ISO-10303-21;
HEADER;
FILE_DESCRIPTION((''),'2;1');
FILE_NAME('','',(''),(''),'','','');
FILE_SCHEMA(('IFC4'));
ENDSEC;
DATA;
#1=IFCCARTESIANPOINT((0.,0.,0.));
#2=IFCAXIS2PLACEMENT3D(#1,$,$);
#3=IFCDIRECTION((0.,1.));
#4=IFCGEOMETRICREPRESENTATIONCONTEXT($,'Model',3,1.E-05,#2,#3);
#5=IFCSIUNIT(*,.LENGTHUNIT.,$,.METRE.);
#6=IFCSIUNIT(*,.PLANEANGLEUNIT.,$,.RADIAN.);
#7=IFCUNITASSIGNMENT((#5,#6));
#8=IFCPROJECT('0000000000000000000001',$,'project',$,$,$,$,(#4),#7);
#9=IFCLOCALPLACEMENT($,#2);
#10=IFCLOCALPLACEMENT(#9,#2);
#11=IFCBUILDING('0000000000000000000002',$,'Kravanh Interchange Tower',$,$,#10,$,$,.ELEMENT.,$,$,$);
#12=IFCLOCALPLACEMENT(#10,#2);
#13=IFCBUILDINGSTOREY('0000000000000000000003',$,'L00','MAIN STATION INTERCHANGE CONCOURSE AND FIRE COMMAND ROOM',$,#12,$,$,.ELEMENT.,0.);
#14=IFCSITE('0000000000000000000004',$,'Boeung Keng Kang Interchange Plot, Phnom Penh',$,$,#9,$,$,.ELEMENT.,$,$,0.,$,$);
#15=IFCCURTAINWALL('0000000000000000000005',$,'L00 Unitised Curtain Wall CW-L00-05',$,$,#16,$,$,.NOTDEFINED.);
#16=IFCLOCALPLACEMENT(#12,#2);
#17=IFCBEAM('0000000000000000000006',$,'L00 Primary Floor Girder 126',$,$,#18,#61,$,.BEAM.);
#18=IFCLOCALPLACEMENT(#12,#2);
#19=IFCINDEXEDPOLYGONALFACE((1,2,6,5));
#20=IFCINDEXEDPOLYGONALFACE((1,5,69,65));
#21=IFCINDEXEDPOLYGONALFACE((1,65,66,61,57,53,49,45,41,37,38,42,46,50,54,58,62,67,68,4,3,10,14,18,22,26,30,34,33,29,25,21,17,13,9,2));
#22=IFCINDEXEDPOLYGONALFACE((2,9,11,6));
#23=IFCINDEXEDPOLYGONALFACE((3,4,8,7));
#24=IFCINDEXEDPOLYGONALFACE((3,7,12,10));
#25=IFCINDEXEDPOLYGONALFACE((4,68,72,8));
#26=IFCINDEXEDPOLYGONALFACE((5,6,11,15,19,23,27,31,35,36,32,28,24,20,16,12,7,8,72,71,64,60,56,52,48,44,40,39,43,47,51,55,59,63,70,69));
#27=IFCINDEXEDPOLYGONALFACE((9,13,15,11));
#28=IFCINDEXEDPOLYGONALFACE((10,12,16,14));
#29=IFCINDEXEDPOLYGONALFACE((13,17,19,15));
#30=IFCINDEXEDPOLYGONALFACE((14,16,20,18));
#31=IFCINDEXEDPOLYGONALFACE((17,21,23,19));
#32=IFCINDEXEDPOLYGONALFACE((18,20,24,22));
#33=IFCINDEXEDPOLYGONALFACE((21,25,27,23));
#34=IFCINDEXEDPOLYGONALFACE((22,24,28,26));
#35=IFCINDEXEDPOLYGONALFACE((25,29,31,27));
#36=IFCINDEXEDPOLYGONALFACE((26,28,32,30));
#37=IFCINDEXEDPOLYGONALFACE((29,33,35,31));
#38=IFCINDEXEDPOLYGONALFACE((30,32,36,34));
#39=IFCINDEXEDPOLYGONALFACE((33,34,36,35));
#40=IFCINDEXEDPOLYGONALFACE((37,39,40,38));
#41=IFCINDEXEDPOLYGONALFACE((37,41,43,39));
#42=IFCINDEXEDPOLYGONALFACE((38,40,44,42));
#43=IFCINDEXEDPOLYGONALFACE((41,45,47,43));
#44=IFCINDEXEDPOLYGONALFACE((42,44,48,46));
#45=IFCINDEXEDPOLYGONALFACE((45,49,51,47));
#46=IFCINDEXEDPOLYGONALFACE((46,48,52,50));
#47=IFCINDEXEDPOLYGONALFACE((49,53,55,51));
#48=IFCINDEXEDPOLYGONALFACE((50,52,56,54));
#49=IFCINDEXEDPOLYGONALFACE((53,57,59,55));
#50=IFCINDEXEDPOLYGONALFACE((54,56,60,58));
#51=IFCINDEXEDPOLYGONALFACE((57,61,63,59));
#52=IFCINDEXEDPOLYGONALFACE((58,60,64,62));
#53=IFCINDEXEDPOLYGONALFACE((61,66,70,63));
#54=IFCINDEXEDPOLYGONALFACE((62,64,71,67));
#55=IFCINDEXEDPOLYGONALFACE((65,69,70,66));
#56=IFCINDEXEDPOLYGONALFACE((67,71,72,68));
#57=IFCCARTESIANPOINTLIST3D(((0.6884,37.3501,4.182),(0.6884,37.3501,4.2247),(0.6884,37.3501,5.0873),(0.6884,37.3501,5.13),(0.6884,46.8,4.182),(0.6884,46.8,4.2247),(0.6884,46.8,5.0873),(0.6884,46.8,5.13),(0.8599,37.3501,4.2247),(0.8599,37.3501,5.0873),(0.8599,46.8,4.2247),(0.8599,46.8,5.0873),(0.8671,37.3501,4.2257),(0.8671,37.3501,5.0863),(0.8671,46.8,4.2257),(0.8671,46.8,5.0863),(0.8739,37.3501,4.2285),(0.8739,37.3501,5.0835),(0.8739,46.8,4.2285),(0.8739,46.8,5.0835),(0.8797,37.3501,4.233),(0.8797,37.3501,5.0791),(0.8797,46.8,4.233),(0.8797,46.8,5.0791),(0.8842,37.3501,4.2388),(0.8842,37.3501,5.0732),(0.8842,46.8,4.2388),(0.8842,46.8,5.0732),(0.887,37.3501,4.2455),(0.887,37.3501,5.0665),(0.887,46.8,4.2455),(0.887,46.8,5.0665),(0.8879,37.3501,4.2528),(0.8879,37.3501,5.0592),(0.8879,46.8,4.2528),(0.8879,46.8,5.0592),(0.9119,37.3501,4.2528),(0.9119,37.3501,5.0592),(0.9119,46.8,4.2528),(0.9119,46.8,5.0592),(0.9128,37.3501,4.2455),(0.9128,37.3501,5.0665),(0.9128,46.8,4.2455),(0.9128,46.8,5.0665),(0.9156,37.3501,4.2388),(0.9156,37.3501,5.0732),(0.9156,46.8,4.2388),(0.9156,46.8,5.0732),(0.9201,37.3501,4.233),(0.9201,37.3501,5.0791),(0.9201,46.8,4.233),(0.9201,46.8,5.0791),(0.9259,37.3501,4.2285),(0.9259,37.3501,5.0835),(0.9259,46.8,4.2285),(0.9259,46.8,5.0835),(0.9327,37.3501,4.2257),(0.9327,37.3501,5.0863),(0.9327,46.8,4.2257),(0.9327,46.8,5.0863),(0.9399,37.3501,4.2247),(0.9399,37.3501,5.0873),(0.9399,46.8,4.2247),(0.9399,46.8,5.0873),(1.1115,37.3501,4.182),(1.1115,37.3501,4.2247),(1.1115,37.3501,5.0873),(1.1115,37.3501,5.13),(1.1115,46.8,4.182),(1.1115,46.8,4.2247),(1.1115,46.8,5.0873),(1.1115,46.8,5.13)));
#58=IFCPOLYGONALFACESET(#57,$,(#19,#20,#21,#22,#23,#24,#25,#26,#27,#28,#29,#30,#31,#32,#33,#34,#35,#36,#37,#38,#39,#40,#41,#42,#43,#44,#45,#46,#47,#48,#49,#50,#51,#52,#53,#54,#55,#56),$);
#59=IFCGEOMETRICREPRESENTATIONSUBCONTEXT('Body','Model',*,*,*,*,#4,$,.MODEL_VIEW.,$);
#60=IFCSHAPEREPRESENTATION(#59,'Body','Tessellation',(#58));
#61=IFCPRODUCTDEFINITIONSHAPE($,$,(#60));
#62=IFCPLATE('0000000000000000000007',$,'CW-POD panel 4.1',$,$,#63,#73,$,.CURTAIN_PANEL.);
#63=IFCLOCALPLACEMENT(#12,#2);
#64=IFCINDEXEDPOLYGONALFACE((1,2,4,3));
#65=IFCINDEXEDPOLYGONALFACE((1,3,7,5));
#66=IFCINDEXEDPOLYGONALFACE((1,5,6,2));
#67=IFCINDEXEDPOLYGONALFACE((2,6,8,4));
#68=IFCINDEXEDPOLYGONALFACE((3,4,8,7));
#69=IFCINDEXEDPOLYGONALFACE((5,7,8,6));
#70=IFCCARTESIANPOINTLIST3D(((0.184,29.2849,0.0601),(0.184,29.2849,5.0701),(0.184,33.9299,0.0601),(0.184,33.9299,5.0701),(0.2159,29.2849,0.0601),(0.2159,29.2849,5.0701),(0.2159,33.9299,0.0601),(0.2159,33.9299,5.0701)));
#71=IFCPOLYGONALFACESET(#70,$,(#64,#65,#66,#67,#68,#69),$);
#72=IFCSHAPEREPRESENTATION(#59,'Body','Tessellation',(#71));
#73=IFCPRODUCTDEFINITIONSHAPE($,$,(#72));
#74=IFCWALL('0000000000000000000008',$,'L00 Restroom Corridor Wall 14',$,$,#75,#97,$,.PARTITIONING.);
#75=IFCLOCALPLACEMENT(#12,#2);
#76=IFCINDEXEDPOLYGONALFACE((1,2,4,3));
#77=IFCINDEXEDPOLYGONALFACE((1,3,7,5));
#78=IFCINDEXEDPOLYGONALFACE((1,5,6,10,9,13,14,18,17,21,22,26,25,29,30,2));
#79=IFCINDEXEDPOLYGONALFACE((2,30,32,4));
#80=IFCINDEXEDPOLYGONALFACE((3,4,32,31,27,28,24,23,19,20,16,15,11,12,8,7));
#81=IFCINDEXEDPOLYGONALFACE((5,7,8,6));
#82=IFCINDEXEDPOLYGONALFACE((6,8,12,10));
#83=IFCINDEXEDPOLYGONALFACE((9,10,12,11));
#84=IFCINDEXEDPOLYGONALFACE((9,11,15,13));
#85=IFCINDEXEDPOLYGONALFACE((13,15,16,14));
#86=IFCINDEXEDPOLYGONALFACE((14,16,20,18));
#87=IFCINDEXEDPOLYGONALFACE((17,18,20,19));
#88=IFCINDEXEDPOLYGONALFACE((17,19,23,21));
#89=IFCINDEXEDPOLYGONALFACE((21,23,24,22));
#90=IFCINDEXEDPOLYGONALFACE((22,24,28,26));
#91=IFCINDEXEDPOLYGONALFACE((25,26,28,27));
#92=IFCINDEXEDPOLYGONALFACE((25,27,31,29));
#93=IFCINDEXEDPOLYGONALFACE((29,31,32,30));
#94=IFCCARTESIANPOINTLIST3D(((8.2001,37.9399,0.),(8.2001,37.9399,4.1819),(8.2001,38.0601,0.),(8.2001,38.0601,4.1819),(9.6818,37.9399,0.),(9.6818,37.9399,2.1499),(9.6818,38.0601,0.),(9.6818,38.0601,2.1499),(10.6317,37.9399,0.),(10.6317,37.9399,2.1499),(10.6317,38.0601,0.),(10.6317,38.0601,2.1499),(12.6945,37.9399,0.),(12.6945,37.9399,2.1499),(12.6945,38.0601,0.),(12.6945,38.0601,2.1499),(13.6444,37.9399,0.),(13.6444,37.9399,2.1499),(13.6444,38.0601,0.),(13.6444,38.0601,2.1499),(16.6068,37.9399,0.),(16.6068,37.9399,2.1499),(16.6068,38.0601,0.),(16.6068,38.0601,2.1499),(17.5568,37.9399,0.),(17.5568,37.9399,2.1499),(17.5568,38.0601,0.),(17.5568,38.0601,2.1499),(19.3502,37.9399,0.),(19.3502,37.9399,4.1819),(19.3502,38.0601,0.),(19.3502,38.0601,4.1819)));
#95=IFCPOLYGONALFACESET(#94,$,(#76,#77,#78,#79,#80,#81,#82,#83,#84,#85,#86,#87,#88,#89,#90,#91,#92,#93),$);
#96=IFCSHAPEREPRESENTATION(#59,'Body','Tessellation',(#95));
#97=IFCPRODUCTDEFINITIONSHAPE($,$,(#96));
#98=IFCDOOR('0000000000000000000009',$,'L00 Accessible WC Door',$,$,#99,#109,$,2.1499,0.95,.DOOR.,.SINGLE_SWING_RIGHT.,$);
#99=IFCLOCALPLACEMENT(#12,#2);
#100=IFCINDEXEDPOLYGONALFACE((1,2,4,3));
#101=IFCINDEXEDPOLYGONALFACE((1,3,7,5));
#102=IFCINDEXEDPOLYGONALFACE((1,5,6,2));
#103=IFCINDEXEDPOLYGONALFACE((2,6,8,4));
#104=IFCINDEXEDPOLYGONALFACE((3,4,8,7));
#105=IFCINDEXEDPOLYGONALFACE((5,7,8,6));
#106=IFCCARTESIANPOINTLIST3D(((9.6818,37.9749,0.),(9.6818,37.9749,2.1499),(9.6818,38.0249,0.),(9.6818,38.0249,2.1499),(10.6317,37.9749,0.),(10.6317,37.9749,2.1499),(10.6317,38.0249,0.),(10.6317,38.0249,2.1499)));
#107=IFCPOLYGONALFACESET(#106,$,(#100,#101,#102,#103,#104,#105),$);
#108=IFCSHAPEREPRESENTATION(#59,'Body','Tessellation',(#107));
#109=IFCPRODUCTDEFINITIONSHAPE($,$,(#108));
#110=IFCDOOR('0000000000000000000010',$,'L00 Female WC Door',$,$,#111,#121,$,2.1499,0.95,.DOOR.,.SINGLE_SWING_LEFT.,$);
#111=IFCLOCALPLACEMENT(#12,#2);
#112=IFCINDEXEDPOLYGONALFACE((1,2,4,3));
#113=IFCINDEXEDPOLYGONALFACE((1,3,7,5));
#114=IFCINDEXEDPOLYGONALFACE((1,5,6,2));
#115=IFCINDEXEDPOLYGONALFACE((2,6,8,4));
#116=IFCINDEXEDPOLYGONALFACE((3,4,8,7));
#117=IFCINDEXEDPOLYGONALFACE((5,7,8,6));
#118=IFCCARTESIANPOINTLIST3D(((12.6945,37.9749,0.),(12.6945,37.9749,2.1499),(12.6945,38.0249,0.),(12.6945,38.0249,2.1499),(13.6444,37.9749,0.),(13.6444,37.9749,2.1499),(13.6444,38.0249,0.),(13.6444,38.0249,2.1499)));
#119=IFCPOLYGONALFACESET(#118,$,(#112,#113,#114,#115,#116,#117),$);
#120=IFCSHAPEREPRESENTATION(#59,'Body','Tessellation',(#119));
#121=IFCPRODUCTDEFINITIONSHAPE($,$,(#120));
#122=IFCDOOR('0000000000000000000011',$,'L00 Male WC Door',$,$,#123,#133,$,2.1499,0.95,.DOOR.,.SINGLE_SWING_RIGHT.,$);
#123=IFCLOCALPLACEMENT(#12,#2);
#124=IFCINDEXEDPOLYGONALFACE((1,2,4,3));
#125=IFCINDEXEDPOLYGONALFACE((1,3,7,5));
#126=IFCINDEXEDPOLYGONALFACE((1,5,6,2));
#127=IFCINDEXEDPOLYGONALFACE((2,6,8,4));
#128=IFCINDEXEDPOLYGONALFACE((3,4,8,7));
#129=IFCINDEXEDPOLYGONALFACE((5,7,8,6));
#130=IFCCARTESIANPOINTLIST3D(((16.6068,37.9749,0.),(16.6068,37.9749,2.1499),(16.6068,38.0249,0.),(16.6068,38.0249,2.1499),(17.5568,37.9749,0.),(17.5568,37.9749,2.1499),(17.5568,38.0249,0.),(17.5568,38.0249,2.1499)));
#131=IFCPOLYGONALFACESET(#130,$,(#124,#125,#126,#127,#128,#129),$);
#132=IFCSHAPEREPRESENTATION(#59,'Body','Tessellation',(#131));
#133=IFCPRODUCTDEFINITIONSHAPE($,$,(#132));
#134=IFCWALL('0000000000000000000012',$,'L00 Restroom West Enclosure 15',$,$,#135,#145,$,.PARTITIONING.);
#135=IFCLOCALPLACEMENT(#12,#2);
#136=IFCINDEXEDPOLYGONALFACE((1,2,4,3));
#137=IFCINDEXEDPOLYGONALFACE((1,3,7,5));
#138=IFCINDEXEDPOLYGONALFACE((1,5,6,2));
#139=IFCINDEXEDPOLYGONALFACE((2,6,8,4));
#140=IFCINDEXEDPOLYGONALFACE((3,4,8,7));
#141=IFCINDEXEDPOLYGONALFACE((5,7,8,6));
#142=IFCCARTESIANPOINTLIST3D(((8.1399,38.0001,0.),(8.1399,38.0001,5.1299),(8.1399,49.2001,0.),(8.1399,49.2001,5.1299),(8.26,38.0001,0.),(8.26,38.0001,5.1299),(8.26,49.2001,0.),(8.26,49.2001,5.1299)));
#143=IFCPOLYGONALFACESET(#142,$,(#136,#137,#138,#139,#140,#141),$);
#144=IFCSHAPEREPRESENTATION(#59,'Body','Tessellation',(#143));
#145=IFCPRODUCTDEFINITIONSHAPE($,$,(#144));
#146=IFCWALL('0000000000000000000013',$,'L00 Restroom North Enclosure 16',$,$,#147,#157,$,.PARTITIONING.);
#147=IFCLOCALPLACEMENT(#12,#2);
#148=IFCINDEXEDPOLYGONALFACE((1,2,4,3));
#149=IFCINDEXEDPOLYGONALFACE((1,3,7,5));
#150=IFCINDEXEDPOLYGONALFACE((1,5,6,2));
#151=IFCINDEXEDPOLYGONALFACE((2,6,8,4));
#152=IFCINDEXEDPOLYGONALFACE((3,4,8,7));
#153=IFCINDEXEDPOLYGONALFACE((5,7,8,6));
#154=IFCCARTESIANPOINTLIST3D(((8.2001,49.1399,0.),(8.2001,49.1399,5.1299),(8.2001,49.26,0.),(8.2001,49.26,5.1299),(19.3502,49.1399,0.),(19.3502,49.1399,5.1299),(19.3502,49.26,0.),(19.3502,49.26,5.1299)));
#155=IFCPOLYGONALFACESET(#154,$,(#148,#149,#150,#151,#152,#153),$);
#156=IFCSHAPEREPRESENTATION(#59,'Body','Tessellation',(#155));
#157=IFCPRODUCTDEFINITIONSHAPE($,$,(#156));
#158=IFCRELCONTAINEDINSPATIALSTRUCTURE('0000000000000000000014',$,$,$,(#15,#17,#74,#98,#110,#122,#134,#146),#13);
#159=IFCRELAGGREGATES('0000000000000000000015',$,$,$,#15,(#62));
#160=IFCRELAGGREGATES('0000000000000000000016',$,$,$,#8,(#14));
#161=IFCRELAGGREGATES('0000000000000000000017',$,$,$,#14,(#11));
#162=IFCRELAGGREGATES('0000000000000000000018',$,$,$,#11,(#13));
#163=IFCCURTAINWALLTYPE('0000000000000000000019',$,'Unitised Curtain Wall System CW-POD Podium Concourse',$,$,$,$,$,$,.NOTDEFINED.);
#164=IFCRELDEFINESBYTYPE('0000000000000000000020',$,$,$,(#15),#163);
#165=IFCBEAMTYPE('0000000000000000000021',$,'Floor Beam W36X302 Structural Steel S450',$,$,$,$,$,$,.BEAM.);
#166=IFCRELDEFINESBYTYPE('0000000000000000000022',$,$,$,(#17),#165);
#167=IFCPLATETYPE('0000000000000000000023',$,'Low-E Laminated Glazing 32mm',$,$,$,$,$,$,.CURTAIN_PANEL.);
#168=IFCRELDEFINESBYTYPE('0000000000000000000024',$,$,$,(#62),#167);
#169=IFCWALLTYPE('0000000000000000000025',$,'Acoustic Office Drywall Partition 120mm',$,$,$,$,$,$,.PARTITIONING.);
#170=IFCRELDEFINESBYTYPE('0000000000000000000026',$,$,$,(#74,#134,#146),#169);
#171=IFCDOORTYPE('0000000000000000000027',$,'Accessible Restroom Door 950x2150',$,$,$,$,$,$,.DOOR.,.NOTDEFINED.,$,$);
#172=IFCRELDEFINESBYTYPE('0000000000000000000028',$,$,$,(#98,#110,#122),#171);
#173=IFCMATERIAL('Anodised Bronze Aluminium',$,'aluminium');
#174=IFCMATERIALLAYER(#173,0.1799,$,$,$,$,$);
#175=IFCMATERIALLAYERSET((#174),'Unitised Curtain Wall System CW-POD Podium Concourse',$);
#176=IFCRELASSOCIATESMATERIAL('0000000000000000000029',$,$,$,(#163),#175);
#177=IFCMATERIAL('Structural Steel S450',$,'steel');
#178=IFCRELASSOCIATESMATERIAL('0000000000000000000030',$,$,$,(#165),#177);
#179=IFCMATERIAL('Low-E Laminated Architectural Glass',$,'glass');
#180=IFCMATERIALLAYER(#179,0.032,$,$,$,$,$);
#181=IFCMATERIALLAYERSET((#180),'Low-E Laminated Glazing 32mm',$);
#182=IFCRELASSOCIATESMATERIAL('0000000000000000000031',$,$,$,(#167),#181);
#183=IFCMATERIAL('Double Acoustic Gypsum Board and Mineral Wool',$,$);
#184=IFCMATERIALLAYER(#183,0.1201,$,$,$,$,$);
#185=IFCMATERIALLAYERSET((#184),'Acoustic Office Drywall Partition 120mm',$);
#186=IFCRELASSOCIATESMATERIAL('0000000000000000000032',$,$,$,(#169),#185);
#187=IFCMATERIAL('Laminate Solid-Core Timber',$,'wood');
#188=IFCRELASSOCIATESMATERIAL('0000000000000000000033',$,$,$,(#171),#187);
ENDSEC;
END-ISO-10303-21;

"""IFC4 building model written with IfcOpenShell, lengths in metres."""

from ifc_helpers import new_model, si_unit, direction, frame, frame_2d, origin, origin_2d, place, context, subcontext, project, spatial, rectangle, i_section, extrude, material, layer, layer_set, material_profile, profile_set, type_object, element, fill, aggregate, save


model = new_model("IFC4")

# Units and contexts
model_context = context("Model", 3, precision=1e-05, world=origin(), true_north=direction((0.0, 1.0)))
body_context = subcontext(model_context, "Body", "Model", "MODEL_VIEW")
ifc_project = project(units=[si_unit("LENGTHUNIT", "METRE"), si_unit("PLANEANGLEUNIT", "RADIAN")], contexts=[model_context])

# Site, building, storey
site_placement = place(None, origin())
site = spatial("IfcSite", under=ifc_project, at=site_placement, Name="Boeung Keng Kang Interchange Plot, Phnom Penh", CompositionType="ELEMENT", RefElevation=0.0)
building_placement = place(site_placement, origin())
building = spatial("IfcBuilding", under=site, at=building_placement, Name="Kravanh Interchange Tower", CompositionType="ELEMENT")
storey_placement = place(building_placement, origin())
storey = spatial("IfcBuildingStorey", under=building, at=storey_placement, Name="L00", Description="MAIN STATION INTERCHANGE CONCOURSE AND FIRE COMMAND ROOM", CompositionType="ELEMENT", Elevation=0.0)

# Curtain wall
ifc_material_1 = material(Name="Anodised Bronze Aluminium", Category="aluminium")
ifc_layer_1 = layer(ifc_material_1, 0.1799)
ifc_layer_set_1 = layer_set([ifc_layer_1], Name="Unitised Curtain Wall System CW-POD Podium Concourse")
curtain_wall_type = type_object("IfcCurtainWallType", Name="Unitised Curtain Wall System CW-POD Podium Concourse", PredefinedType="NOTDEFINED", material=ifc_layer_set_1)
curtain_wall_placement = place(storey_placement, origin())
curtain_wall = element("IfcCurtainWall", 1, at=curtain_wall_placement, inside=storey, type_object=curtain_wall_type, Name="L00 Unitised Curtain Wall CW-L00-05", PredefinedType="NOTDEFINED")

# Beam
ifc_material_2 = material(Name="Structural Steel S450", Category="steel")
ifc_material_profile_1 = material_profile(ifc_material_2, i_section(OverallWidth=0.4231, OverallDepth=0.948, WebThickness=0.0239, FlangeThickness=0.0427, FilletRadius=0.0281, at=origin_2d()), Name="W36X302")
ifc_profile_set_1 = profile_set([ifc_material_profile_1], Name="Structural Steel S450")
beam_type = type_object("IfcBeamType", Name="Floor Beam W36X302 Structural Steel S450", PredefinedType="BEAM", material=ifc_profile_set_1)
beam_1_placement = place(storey_placement, frame((0.8999, 37.3501, 4.656), z_axis=(0.0, 1.0, 0.0), x_axis=(-1.0, 0.0, 0.0)))
element("IfcBeam", 2, at=beam_1_placement, inside=storey, type_object=beam_type, Name="L00 Primary Floor Girder 126", PredefinedType="BEAM", context=body_context, shape_type="SweptSolid", body=[
    extrude(i_section(OverallWidth=0.4231, OverallDepth=0.948, WebThickness=0.0239, FlangeThickness=0.0427, FilletRadius=0.0281, at=origin_2d()), origin(), (0.0, 0.0, 1.0), 9.45),
])

# Plate
ifc_material_3 = material(Name="Low-E Laminated Architectural Glass", Category="glass")
ifc_layer_2 = layer(ifc_material_3, 0.032)
ifc_layer_set_2 = layer_set([ifc_layer_2], Name="Low-E Laminated Glazing 32mm")
plate_type = type_object("IfcPlateType", Name="Low-E Laminated Glazing 32mm", PredefinedType="CURTAIN_PANEL", material=ifc_layer_set_2)
plate_placement = place(storey_placement, frame((0.2, 31.6074, 0.0601), z_axis=(0.0, 0.0, 1.0), x_axis=(0.0, 1.0, 0.0)))
plate = element("IfcPlate", 3, at=plate_placement, type_object=plate_type, Name="CW-POD panel 4.1", PredefinedType="CURTAIN_PANEL", context=body_context, shape_type="SweptSolid", body=[
    extrude(rectangle(XDim=4.645, YDim=0.032, at=origin_2d()), origin(), (0.0, 0.0, 1.0), 5.01),
])
aggregate(curtain_wall, [plate])

# Wall, openings, doors
ifc_material_4 = material(Name="Double Acoustic Gypsum Board and Mineral Wool")
ifc_layer_3 = layer(ifc_material_4, 0.1201)
ifc_layer_set_3 = layer_set([ifc_layer_3], Name="Acoustic Office Drywall Partition 120mm")
wall_type_1 = type_object("IfcWallType", Name="Acoustic Office Drywall Partition 120mm", PredefinedType="PARTITIONING", material=ifc_layer_set_3)
wall_1_placement = place(storey_placement, frame((8.2, 38.0, 0.0), z_axis=(0.0, 0.0, 1.0), x_axis=(1.0, 0.0, 0.0)))
wall_1 = element("IfcWall", 4, at=wall_1_placement, inside=storey, type_object=wall_type_1, Name="L00 Restroom Corridor Wall 14", PredefinedType="PARTITIONING", context=body_context, shape_type="SweptSolid", body=[
    extrude(rectangle(XDim=11.1501, YDim=0.1201, at=frame_2d((5.5752, 0.0))), origin(), (0.0, 0.0, 1.0), 4.1819),
])
opening_1_placement = place(wall_1_placement, frame((1.4817, 0.0, 0.0)))
opening_1 = element("IfcOpeningElement", 5, at=opening_1_placement, cuts=wall_1, PredefinedType="OPENING", context=body_context, shape_type="SweptSolid", body=[
    extrude(rectangle(XDim=0.95, YDim=2.1499, at=frame_2d((0.4751, 1.075))), frame((0.0, 0.0701, 0.0), z_axis=(0.0, -1.0, 0.0), x_axis=(1.0, 0.0, 0.0)), (0.0, 0.0, 1.0), 0.1401),
])
opening_2_placement = place(wall_1_placement, frame((4.4944, 0.0, 0.0)))
opening_2 = element("IfcOpeningElement", 6, at=opening_2_placement, cuts=wall_1, PredefinedType="OPENING", context=body_context, shape_type="SweptSolid", body=[
    extrude(rectangle(XDim=0.95, YDim=2.1499, at=frame_2d((0.4751, 1.075))), frame((0.0, 0.0701, 0.0), z_axis=(0.0, -1.0, 0.0), x_axis=(1.0, 0.0, 0.0)), (0.0, 0.0, 1.0), 0.1401),
])
opening_3_placement = place(wall_1_placement, frame((8.4067, 0.0, 0.0)))
opening_3 = element("IfcOpeningElement", 7, at=opening_3_placement, cuts=wall_1, PredefinedType="OPENING", context=body_context, shape_type="SweptSolid", body=[
    extrude(rectangle(XDim=0.95, YDim=2.1499, at=frame_2d((0.4751, 1.075))), frame((0.0, 0.0701, 0.0), z_axis=(0.0, -1.0, 0.0), x_axis=(1.0, 0.0, 0.0)), (0.0, 0.0, 1.0), 0.1401),
])
ifc_material_5 = material(Name="Laminate Solid-Core Timber", Category="wood")
door_type_1 = type_object("IfcDoorType", Name="Accessible Restroom Door 950x2150", OperationType="NOTDEFINED", PredefinedType="DOOR", material=ifc_material_5)
door_1_placement = place(opening_1_placement, origin())
door_1 = element("IfcDoor", 8, at=door_1_placement, inside=storey, type_object=door_type_1, Name="L00 Accessible WC Door", OperationType="SINGLE_SWING_RIGHT", OverallHeight=2.1499, OverallWidth=0.95, PredefinedType="DOOR", context=body_context, shape_type="SweptSolid", body=[
    extrude(rectangle(XDim=0.95, YDim=2.1499, at=frame_2d((0.4751, 1.075))), frame((0.0, 0.0249, 0.0), z_axis=(0.0, -1.0, 0.0), x_axis=(1.0, 0.0, 0.0)), (0.0, 0.0, 1.0), 0.05),
])
fill(opening_1, door_1)
door_2_placement = place(opening_2_placement, origin())
door_2 = element("IfcDoor", 9, at=door_2_placement, inside=storey, type_object=door_type_1, Name="L00 Female WC Door", OperationType="SINGLE_SWING_LEFT", OverallHeight=2.1499, OverallWidth=0.95, PredefinedType="DOOR", context=body_context, shape_type="SweptSolid", body=[
    extrude(rectangle(XDim=0.95, YDim=2.1499, at=frame_2d((0.4751, 1.075))), frame((0.0, 0.0249, 0.0), z_axis=(0.0, -1.0, 0.0), x_axis=(1.0, 0.0, 0.0)), (0.0, 0.0, 1.0), 0.05),
])
fill(opening_2, door_2)
door_3_placement = place(opening_3_placement, origin())
door_3 = element("IfcDoor", 10, at=door_3_placement, inside=storey, type_object=door_type_1, Name="L00 Male WC Door", OperationType="SINGLE_SWING_RIGHT", OverallHeight=2.1499, OverallWidth=0.95, PredefinedType="DOOR", context=body_context, shape_type="SweptSolid", body=[
    extrude(rectangle(XDim=0.95, YDim=2.1499, at=frame_2d((0.4751, 1.075))), frame((0.0, 0.0249, 0.0), z_axis=(0.0, -1.0, 0.0), x_axis=(1.0, 0.0, 0.0)), (0.0, 0.0, 1.0), 0.05),
])
fill(opening_3, door_3)

# Walls
wall_2_placement = place(storey_placement, frame((8.2, 38.0, 0.0), z_axis=(0.0, 0.0, 1.0), x_axis=(0.0, 1.0, 0.0)))
element("IfcWall", 11, at=wall_2_placement, inside=storey, type_object=wall_type_1, Name="L00 Restroom West Enclosure 15", PredefinedType="PARTITIONING", context=body_context, shape_type="SweptSolid", body=[
    extrude(rectangle(XDim=11.2, YDim=0.1201, at=frame_2d((5.6001, 0.0))), origin(), (0.0, 0.0, 1.0), 5.1299),
])
wall_3_placement = place(storey_placement, frame((8.2, 49.2, 0.0), z_axis=(0.0, 0.0, 1.0), x_axis=(1.0, 0.0, 0.0)))
element("IfcWall", 12, at=wall_3_placement, inside=storey, type_object=wall_type_1, Name="L00 Restroom North Enclosure 16", PredefinedType="PARTITIONING", context=body_context, shape_type="SweptSolid", body=[
    extrude(rectangle(XDim=11.1501, YDim=0.1201, at=frame_2d((5.5752, 0.0))), origin(), (0.0, 0.0, 1.0), 5.1299),
])

save(model, "model.ifc")
